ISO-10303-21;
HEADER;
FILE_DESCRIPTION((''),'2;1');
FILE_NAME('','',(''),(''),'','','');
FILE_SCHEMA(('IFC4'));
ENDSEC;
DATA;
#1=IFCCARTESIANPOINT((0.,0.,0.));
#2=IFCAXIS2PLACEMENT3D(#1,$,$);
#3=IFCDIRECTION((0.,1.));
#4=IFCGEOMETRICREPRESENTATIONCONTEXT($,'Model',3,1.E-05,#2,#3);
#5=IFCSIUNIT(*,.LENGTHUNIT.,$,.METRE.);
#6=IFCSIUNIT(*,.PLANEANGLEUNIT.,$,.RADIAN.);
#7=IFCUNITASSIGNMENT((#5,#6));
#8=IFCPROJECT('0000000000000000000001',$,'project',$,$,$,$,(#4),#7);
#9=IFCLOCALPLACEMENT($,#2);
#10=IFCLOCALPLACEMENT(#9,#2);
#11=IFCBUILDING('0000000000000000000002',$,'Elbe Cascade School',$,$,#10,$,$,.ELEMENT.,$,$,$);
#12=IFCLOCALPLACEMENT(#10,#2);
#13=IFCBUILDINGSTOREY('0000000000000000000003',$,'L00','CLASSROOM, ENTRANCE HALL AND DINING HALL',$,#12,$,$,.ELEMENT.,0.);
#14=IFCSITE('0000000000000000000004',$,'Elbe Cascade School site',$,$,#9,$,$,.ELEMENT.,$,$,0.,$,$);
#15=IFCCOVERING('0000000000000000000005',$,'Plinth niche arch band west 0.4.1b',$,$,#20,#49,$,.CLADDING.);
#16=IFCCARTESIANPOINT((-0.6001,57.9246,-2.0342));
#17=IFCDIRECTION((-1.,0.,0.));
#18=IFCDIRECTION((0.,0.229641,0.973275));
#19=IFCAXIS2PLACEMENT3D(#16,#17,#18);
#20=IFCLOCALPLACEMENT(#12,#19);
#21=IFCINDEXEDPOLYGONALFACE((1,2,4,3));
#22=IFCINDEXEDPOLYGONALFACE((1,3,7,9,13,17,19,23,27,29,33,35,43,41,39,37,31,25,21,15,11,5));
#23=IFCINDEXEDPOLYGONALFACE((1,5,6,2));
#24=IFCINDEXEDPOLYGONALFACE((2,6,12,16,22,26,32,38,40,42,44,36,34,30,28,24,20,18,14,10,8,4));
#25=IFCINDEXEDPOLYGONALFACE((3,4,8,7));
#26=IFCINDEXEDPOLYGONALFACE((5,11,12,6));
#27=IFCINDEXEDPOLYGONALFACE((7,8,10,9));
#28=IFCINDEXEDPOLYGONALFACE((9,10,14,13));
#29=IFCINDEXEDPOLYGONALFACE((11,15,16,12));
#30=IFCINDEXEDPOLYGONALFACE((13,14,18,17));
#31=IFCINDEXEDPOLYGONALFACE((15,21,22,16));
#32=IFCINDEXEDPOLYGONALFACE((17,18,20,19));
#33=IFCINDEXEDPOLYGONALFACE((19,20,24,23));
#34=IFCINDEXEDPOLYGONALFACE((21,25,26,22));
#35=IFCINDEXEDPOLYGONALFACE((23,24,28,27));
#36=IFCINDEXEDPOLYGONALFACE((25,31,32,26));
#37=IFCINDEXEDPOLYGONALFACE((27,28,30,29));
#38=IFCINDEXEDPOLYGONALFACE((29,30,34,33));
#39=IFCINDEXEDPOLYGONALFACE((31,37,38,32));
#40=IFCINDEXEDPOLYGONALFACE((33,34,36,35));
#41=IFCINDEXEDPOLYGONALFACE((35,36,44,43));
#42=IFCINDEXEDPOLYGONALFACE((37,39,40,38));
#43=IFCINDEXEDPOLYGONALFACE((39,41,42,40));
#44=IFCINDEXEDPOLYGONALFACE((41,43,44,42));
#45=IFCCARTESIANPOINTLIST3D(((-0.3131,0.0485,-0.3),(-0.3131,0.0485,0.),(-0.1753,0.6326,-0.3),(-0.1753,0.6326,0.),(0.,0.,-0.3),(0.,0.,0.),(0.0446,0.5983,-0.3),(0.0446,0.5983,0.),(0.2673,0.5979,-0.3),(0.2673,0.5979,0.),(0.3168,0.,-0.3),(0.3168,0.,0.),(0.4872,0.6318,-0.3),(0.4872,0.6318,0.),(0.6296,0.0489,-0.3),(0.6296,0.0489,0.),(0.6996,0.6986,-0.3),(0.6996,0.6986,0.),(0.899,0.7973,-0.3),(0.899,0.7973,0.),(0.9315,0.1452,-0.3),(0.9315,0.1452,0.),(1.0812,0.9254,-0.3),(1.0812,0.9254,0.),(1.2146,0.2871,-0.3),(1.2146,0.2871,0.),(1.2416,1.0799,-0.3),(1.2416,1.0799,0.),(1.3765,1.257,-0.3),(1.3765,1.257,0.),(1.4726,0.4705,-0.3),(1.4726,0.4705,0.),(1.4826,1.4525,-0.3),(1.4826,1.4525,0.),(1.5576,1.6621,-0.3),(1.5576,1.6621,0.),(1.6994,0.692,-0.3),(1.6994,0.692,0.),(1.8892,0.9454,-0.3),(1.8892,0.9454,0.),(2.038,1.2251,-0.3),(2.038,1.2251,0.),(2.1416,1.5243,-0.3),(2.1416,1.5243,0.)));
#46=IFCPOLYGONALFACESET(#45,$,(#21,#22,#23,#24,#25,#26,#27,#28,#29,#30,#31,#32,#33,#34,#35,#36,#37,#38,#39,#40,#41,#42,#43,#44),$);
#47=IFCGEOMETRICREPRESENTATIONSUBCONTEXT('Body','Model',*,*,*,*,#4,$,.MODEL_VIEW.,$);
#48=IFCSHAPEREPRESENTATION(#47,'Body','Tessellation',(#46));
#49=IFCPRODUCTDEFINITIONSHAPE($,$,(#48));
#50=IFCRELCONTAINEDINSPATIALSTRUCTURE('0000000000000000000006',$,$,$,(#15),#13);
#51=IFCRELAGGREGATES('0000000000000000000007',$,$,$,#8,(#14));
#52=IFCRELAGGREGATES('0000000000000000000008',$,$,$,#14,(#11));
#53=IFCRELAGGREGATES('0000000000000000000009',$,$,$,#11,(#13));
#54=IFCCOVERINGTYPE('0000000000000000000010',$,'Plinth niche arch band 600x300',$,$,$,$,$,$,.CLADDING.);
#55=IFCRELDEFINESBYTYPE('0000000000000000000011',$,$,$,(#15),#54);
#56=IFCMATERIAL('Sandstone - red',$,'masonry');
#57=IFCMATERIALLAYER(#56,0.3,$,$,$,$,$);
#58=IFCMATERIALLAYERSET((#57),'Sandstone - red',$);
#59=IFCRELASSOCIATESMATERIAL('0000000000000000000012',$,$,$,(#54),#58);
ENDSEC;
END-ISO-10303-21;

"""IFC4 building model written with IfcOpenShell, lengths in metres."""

from ifc_helpers import new_model, si_unit, direction, frame, origin, place, context, subcontext, project, spatial, polyline, outline, extrude, material, layer, layer_set, type_object, element, save


model = new_model("IFC4")

# Units and contexts
model_context = context("Model", 3, precision=1e-05, world=origin(), true_north=direction((0.0, 1.0)))
body_context = subcontext(model_context, "Body", "Model", "MODEL_VIEW")
ifc_project = project(units=[si_unit("LENGTHUNIT", "METRE"), si_unit("PLANEANGLEUNIT", "RADIAN")], contexts=[model_context])

# Site, building, storey
site_placement = place(None, origin())
site = spatial("IfcSite", under=ifc_project, at=site_placement, Name="Elbe Cascade School site", CompositionType="ELEMENT", RefElevation=0.0)
building_placement = place(site_placement, origin())
building = spatial("IfcBuilding", under=site, at=building_placement, Name="Elbe Cascade School", CompositionType="ELEMENT")
storey_placement = place(building_placement, origin())
storey = spatial("IfcBuildingStorey", under=building, at=storey_placement, Name="L00", Description="CLASSROOM, ENTRANCE HALL AND DINING HALL", CompositionType="ELEMENT", Elevation=0.0)

# Covering
ifc_material_1 = material(Name="Sandstone - red", Category="masonry")
ifc_layer_1 = layer(ifc_material_1, 0.3)
ifc_layer_set_1 = layer_set([ifc_layer_1], Name="Sandstone - red")
covering_type = type_object("IfcCoveringType", Name="Plinth niche arch band 600x300", PredefinedType="CLADDING", material=ifc_layer_set_1)
covering_1_placement = place(storey_placement, frame((-0.6001, 57.9246, -2.0342), z_axis=(-1.0, 0.0, 0.0), x_axis=(0.0, 0.229641, 0.973275)))
element("IfcCovering", 1, at=covering_1_placement, inside=storey, type_object=covering_type, Name="Plinth niche arch band west 0.4.1b", PredefinedType="CLADDING", context=body_context, shape_type="SweptSolid", body=[
    extrude(outline(polyline([(0.0, 0.0), (0.3168, 0.0), (0.6296, 0.0489), (0.9315, 0.1452), (1.2146, 0.2871), (1.4726, 0.4705), (1.6994, 0.692), (1.8892, 0.9454), (2.038, 1.2251), (2.1416, 1.5243), (1.5576, 1.6621), (1.4826, 1.4525), (1.3765, 1.257), (1.2416, 1.0799), (1.0812, 0.9254), (0.899, 0.7973), (0.6996, 0.6986), (0.4872, 0.6318), (0.2673, 0.5979), (0.0446, 0.5983), (-0.1753, 0.6326), (-0.3131, 0.0485), (0.0, 0.0)])), origin(), (0.0, 0.0, -1.0), 0.3),
])

save(model, "model.ifc")
